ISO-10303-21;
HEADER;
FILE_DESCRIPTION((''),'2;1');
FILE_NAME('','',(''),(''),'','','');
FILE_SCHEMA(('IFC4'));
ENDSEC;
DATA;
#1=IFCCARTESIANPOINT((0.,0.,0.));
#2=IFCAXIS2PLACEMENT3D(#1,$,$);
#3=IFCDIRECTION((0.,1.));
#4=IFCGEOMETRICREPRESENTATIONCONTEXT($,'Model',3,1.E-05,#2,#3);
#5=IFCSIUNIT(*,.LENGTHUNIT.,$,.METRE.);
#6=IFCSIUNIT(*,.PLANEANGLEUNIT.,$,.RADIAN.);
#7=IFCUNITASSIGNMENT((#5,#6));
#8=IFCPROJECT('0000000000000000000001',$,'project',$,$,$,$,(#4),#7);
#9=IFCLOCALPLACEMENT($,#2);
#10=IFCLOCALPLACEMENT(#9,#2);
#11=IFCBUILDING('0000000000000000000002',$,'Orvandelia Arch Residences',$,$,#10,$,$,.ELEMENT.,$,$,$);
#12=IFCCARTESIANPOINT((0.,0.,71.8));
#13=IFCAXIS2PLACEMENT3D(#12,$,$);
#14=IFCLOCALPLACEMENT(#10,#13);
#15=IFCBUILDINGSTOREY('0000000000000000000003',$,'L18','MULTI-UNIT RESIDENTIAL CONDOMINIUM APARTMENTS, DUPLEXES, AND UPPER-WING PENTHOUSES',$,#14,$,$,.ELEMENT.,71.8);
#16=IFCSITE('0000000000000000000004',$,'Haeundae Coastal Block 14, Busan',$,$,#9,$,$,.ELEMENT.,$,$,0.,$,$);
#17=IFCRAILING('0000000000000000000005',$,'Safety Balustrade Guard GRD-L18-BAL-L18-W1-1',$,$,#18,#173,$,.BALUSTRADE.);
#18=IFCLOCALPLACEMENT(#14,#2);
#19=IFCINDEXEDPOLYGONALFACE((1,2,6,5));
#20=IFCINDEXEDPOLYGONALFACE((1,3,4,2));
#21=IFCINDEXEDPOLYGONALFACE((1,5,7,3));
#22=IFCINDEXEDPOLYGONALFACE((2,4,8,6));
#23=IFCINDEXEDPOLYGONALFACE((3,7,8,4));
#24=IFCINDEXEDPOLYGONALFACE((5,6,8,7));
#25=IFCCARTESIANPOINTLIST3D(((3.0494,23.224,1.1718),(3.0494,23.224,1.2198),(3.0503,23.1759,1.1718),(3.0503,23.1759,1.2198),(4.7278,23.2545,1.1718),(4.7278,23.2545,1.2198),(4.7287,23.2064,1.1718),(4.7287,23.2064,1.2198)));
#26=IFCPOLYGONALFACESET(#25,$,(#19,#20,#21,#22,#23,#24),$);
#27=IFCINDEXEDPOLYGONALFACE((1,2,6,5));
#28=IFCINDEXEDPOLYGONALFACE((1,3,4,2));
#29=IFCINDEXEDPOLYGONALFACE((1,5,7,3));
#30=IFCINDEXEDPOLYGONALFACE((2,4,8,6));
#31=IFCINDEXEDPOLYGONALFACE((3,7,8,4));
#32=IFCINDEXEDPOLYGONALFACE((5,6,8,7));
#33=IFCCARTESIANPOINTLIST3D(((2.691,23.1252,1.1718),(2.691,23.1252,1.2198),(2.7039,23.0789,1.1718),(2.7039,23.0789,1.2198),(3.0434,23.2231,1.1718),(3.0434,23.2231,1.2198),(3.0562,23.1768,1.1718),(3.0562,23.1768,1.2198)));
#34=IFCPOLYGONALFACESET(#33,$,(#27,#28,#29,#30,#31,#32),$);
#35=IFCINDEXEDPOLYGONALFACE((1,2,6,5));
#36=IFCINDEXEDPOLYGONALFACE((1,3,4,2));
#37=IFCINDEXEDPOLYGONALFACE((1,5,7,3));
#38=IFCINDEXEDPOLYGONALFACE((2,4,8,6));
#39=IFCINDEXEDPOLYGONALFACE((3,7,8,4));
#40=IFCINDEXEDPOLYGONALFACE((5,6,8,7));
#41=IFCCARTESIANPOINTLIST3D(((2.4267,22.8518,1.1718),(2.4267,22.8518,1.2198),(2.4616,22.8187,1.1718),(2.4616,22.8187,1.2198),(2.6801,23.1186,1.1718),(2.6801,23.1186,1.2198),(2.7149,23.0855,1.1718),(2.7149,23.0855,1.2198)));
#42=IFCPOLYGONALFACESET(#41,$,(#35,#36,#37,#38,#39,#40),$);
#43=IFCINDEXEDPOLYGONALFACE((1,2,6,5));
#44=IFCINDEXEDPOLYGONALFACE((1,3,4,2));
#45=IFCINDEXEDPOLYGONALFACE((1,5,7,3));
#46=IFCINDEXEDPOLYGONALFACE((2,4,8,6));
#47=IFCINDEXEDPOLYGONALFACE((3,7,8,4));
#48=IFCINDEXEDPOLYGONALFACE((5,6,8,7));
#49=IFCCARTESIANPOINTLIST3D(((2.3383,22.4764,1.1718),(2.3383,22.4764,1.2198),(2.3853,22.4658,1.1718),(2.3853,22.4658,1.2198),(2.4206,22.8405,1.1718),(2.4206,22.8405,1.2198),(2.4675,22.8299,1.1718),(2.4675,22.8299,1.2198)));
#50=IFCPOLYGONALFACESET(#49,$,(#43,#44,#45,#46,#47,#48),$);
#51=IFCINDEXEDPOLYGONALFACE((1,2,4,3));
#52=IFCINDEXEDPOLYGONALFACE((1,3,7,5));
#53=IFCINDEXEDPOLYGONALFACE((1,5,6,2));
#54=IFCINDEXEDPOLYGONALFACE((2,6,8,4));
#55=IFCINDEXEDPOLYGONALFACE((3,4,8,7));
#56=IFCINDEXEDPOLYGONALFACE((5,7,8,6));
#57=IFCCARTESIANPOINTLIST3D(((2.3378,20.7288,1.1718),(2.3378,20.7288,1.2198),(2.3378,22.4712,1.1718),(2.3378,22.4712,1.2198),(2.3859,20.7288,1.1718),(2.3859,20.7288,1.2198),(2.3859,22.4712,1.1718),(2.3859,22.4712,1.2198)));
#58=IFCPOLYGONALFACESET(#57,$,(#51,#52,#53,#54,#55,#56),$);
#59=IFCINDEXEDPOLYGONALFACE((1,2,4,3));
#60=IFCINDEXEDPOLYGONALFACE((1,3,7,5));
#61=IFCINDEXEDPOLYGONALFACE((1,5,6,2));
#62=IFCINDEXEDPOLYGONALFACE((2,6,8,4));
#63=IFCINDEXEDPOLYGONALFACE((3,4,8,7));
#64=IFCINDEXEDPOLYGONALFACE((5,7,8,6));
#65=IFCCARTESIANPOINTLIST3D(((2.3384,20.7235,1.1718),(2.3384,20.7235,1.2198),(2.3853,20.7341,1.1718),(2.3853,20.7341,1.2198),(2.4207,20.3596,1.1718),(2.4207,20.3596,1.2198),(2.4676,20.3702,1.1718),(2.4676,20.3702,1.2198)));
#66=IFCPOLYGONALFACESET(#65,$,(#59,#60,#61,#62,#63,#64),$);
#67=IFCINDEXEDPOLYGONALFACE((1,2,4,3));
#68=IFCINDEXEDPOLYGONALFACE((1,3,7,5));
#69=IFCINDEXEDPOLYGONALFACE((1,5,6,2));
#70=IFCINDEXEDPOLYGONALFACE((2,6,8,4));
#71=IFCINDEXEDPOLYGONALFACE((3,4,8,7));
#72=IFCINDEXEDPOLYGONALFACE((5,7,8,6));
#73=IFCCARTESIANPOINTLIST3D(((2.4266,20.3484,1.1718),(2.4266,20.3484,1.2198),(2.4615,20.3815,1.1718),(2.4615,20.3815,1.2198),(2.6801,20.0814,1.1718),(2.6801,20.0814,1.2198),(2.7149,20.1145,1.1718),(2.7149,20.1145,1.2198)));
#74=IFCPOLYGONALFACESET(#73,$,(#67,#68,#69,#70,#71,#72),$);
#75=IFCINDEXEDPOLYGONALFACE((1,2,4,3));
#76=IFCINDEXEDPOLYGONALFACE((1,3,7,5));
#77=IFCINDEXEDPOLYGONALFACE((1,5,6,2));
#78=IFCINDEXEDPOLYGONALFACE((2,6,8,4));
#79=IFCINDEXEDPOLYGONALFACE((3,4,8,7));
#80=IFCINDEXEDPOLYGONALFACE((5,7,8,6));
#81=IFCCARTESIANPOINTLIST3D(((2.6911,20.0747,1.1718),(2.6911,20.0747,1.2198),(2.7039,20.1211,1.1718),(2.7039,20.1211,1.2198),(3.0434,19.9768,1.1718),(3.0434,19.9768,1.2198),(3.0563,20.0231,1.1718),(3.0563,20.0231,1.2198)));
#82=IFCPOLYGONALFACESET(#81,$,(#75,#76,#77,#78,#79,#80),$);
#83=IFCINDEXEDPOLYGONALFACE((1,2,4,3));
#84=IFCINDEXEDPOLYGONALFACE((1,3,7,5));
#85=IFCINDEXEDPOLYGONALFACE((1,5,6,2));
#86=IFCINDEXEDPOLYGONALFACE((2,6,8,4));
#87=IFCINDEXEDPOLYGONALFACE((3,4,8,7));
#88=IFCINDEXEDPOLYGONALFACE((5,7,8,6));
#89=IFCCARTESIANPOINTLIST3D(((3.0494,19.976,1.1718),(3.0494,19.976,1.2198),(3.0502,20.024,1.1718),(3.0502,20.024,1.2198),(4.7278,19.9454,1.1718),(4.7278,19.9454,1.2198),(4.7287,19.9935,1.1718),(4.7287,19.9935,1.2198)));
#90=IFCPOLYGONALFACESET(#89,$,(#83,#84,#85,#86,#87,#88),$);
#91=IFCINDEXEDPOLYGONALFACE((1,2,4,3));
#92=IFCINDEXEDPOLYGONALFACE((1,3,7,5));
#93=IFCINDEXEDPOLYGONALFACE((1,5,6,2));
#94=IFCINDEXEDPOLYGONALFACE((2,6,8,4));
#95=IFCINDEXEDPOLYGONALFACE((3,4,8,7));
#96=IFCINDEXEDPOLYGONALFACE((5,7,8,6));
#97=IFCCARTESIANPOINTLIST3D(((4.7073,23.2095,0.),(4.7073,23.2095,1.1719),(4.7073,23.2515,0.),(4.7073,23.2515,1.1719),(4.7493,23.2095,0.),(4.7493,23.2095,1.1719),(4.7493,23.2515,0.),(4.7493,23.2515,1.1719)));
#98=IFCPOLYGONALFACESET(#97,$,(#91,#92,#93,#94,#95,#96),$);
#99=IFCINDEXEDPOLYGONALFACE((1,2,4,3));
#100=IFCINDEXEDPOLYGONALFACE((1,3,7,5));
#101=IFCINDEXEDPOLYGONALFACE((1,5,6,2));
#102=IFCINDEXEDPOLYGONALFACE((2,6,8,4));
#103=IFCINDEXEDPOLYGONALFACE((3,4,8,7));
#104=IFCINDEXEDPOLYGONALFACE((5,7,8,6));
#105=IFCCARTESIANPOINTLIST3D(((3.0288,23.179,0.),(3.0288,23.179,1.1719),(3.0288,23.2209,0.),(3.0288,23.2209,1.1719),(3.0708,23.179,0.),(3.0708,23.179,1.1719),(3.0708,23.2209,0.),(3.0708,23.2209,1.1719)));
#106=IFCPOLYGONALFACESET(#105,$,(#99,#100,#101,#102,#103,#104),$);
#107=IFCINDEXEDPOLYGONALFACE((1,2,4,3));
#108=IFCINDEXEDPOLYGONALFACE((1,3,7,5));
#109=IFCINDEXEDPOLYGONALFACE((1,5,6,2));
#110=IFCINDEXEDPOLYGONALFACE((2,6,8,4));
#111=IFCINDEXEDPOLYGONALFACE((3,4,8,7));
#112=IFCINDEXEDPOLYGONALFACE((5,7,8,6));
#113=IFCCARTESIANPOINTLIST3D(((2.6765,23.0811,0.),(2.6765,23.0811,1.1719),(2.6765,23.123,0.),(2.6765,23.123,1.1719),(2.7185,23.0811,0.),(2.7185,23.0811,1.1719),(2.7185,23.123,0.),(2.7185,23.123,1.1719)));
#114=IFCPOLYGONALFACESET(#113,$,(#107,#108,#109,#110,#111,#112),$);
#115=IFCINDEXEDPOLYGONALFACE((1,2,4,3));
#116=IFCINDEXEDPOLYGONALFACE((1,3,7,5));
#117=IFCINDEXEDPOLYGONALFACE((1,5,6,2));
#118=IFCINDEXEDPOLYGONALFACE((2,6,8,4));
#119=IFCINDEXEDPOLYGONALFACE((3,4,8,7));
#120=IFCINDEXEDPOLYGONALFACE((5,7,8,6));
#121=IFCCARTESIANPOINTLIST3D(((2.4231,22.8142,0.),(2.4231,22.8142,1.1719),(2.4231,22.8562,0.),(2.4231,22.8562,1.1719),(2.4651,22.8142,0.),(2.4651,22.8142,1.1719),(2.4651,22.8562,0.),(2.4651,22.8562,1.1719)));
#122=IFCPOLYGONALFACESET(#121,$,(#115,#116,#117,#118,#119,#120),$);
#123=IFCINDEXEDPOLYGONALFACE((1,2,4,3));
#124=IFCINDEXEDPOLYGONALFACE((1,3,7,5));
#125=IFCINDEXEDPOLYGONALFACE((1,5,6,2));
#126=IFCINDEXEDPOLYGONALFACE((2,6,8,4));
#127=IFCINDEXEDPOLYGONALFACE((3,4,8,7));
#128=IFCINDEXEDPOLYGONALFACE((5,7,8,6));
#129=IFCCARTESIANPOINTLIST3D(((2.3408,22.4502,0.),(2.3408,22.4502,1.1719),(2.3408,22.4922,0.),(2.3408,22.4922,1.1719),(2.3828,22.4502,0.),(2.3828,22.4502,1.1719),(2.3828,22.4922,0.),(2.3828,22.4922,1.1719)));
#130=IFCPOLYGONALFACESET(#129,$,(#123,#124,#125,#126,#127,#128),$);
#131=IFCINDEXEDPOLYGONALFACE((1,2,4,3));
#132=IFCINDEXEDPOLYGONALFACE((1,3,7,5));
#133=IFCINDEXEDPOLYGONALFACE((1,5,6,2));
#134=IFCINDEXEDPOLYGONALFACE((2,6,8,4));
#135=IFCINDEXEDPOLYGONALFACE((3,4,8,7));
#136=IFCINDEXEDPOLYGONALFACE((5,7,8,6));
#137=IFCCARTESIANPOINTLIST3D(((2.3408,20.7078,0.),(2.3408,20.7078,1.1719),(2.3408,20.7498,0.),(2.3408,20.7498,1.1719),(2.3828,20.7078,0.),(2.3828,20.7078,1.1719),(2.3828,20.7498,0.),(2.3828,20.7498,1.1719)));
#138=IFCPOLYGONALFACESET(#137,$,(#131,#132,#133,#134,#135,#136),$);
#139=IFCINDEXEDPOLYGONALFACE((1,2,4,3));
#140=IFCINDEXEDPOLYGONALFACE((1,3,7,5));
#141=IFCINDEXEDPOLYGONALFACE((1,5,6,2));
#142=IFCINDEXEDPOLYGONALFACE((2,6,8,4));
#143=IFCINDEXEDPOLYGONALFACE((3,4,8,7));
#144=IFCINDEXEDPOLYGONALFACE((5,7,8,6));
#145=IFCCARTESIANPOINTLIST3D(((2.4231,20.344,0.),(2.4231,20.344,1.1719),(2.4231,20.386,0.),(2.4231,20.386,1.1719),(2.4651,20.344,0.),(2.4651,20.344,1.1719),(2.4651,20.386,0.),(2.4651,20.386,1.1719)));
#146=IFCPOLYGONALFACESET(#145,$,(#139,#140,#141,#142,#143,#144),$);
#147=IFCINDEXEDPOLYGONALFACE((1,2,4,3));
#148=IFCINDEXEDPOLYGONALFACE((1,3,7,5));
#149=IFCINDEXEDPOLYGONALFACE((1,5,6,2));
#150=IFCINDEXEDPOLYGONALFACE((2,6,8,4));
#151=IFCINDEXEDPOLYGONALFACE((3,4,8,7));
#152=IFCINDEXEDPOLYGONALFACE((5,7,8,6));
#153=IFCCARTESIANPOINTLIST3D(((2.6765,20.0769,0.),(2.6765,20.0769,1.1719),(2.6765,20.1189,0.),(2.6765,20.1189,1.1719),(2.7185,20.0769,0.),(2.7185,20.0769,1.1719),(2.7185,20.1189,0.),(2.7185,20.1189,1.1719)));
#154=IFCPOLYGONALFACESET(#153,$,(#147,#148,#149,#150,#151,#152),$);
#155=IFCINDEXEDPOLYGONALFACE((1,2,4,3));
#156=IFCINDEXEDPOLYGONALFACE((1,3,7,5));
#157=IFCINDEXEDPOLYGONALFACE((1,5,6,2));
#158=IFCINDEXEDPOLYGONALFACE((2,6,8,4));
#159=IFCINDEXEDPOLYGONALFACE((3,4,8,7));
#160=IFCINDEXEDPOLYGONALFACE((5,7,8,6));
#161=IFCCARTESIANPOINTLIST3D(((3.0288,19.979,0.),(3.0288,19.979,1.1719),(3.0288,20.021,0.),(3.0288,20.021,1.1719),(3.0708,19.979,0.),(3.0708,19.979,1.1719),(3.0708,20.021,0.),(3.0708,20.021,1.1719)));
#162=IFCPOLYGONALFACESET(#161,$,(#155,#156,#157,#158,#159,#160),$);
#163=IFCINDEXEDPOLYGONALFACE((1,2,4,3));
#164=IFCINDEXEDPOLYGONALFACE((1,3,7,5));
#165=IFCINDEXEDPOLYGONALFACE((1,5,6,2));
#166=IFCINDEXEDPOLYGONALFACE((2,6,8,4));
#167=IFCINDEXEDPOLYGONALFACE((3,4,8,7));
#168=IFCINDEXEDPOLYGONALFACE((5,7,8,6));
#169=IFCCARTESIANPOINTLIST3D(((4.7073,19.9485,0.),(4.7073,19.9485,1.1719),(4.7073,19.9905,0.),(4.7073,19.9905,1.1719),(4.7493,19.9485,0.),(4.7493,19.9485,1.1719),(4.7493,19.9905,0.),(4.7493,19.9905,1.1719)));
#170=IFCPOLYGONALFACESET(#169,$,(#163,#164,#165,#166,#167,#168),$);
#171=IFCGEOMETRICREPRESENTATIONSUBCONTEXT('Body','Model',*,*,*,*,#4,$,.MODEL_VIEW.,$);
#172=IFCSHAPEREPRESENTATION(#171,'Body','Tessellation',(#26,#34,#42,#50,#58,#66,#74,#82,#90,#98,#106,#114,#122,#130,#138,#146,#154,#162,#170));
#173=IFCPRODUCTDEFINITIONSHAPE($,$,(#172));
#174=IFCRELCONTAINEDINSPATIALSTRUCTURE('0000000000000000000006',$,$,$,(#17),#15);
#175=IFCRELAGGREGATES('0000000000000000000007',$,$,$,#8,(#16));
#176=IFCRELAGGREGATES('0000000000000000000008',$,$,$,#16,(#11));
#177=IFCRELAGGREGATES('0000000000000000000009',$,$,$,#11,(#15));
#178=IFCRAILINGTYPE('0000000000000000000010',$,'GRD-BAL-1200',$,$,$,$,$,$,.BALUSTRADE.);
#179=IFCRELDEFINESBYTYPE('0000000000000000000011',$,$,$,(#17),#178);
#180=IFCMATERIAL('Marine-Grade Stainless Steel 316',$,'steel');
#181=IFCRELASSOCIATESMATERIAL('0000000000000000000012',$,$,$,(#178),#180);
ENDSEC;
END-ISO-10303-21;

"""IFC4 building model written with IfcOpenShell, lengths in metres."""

from ifc_helpers import new_model, si_unit, direction, frame, origin, origin_2d, place, context, subcontext, project, spatial, rectangle, extrude, material, type_object, element, save


model = new_model("IFC4")

# Units and contexts
model_context = context("Model", 3, precision=1e-05, world=origin(), true_north=direction((0.0, 1.0)))
body_context = subcontext(model_context, "Body", "Model", "MODEL_VIEW")
ifc_project = project(units=[si_unit("LENGTHUNIT", "METRE"), si_unit("PLANEANGLEUNIT", "RADIAN")], contexts=[model_context])

# Site, building, storey
site_placement = place(None, origin())
site = spatial("IfcSite", under=ifc_project, at=site_placement, Name="Haeundae Coastal Block 14, Busan", CompositionType="ELEMENT", RefElevation=0.0)
building_placement = place(site_placement, origin())
building = spatial("IfcBuilding", under=site, at=building_placement, Name="Orvandelia Arch Residences", CompositionType="ELEMENT")
storey_placement = place(building_placement, frame((0.0, 0.0, 71.8)))
storey = spatial("IfcBuildingStorey", under=building, at=storey_placement, Name="L18", Description="MULTI-UNIT RESIDENTIAL CONDOMINIUM APARTMENTS, DUPLEXES, AND UPPER-WING PENTHOUSES", CompositionType="ELEMENT", Elevation=71.8)

# Railing
ifc_material_1 = material(Name="Marine-Grade Stainless Steel 316", Category="steel")
railing_type = type_object("IfcRailingType", Name="GRD-BAL-1200", PredefinedType="BALUSTRADE", material=ifc_material_1)
railing_placement = place(storey_placement, frame((4.7283, 23.2305, 0.0)))
element("IfcRailing", 1, at=railing_placement, inside=storey, type_object=railing_type, Name="Safety Balustrade Guard GRD-L18-BAL-L18-W1-1", PredefinedType="BALUSTRADE", context=body_context, shape_type="SweptSolid", body=[
    extrude(rectangle(XDim=0.0481, YDim=0.0481, at=origin_2d()), frame((0.0, 0.0, 1.1958), z_axis=(-0.999835, -0.018179, 0.0), x_axis=(0.018179, -0.999835, 0.0)), (0.0, 0.0, 1.0), 1.6787),
    extrude(rectangle(XDim=0.0481, YDim=0.0481, at=origin_2d()), frame((-1.6785, -0.0305, 1.1958), z_axis=(-0.963489, -0.267747, 0.0), x_axis=(0.267747, -0.963489, 0.0)), (0.0, 0.0, 1.0), 0.3657),
    extrude(rectangle(XDim=0.0481, YDim=0.0481, at=origin_2d()), frame((-2.0308, -0.1284, 1.1958), z_axis=(-0.688627, -0.725115, 0.0), x_axis=(0.725115, -0.688627, 0.0)), (0.0, 0.0, 1.0), 0.3679),
    extrude(rectangle(XDim=0.0481, YDim=0.0481, at=origin_2d()), frame((-2.2842, -0.3953, 1.1958), z_axis=(-0.220462, -0.975396, 0.0), x_axis=(0.975396, -0.220462, 0.0)), (0.0, 0.0, 1.0), 0.3733),
    extrude(rectangle(XDim=0.0481, YDim=0.0481, at=origin_2d()), frame((-2.3665, -0.7593, 1.1958), z_axis=(0.0, -1.0, 0.0), x_axis=(1.0, 0.0, 0.0)), (0.0, 0.0, 1.0), 1.7424),
    extrude(rectangle(XDim=0.0481, YDim=0.0481, at=origin_2d()), frame((-2.3665, -2.5017, 1.1958), z_axis=(0.220602, -0.975364, 0.0), x_axis=(0.975364, 0.220602, 0.0)), (0.0, 0.0, 1.0), 0.373),
    extrude(rectangle(XDim=0.0481, YDim=0.0481, at=origin_2d()), frame((-2.2842, -2.8655, 1.1958), z_axis=(0.688296, -0.72543, 0.0), x_axis=(0.72543, 0.688296, 0.0)), (0.0, 0.0, 1.0), 0.3682),
    extrude(rectangle(XDim=0.0481, YDim=0.0481, at=origin_2d()), frame((-2.0308, -3.1326, 1.1958), z_axis=(0.963489, -0.267747, 0.0), x_axis=(0.267747, 0.963489, 0.0)), (0.0, 0.0, 1.0), 0.3657),
    extrude(rectangle(XDim=0.0481, YDim=0.0481, at=origin_2d()), frame((-1.6785, -3.2305, 1.1958), z_axis=(0.999835, -0.018179, 0.0), x_axis=(0.018179, 0.999835, 0.0)), (0.0, 0.0, 1.0), 1.6787),
    extrude(rectangle(XDim=0.042, YDim=0.042, at=origin_2d()), origin(), (0.0, 0.0, 1.0), 1.1719),
    extrude(rectangle(XDim=0.042, YDim=0.042, at=origin_2d()), frame((-1.6785, -0.0305, 0.0)), (0.0, 0.0, 1.0), 1.1719),
    extrude(rectangle(XDim=0.042, YDim=0.042, at=origin_2d()), frame((-2.0308, -0.1284, 0.0)), (0.0, 0.0, 1.0), 1.1719),
    extrude(rectangle(XDim=0.042, YDim=0.042, at=origin_2d()), frame((-2.2842, -0.3953, 0.0)), (0.0, 0.0, 1.0), 1.1719),
    extrude(rectangle(XDim=0.042, YDim=0.042, at=origin_2d()), frame((-2.3665, -0.7593, 0.0)), (0.0, 0.0, 1.0), 1.1719),
    extrude(rectangle(XDim=0.042, YDim=0.042, at=origin_2d()), frame((-2.3665, -2.5017, 0.0)), (0.0, 0.0, 1.0), 1.1719),
    extrude(rectangle(XDim=0.042, YDim=0.042, at=origin_2d()), frame((-2.2842, -2.8655, 0.0)), (0.0, 0.0, 1.0), 1.1719),
    extrude(rectangle(XDim=0.042, YDim=0.042, at=origin_2d()), frame((-2.0308, -3.1326, 0.0)), (0.0, 0.0, 1.0), 1.1719),
    extrude(rectangle(XDim=0.042, YDim=0.042, at=origin_2d()), frame((-1.6785, -3.2305, 0.0)), (0.0, 0.0, 1.0), 1.1719),
    extrude(rectangle(XDim=0.042, YDim=0.042, at=origin_2d()), frame((0.0, -3.261, 0.0)), (0.0, 0.0, 1.0), 1.1719),
])

save(model, "model.ifc")
